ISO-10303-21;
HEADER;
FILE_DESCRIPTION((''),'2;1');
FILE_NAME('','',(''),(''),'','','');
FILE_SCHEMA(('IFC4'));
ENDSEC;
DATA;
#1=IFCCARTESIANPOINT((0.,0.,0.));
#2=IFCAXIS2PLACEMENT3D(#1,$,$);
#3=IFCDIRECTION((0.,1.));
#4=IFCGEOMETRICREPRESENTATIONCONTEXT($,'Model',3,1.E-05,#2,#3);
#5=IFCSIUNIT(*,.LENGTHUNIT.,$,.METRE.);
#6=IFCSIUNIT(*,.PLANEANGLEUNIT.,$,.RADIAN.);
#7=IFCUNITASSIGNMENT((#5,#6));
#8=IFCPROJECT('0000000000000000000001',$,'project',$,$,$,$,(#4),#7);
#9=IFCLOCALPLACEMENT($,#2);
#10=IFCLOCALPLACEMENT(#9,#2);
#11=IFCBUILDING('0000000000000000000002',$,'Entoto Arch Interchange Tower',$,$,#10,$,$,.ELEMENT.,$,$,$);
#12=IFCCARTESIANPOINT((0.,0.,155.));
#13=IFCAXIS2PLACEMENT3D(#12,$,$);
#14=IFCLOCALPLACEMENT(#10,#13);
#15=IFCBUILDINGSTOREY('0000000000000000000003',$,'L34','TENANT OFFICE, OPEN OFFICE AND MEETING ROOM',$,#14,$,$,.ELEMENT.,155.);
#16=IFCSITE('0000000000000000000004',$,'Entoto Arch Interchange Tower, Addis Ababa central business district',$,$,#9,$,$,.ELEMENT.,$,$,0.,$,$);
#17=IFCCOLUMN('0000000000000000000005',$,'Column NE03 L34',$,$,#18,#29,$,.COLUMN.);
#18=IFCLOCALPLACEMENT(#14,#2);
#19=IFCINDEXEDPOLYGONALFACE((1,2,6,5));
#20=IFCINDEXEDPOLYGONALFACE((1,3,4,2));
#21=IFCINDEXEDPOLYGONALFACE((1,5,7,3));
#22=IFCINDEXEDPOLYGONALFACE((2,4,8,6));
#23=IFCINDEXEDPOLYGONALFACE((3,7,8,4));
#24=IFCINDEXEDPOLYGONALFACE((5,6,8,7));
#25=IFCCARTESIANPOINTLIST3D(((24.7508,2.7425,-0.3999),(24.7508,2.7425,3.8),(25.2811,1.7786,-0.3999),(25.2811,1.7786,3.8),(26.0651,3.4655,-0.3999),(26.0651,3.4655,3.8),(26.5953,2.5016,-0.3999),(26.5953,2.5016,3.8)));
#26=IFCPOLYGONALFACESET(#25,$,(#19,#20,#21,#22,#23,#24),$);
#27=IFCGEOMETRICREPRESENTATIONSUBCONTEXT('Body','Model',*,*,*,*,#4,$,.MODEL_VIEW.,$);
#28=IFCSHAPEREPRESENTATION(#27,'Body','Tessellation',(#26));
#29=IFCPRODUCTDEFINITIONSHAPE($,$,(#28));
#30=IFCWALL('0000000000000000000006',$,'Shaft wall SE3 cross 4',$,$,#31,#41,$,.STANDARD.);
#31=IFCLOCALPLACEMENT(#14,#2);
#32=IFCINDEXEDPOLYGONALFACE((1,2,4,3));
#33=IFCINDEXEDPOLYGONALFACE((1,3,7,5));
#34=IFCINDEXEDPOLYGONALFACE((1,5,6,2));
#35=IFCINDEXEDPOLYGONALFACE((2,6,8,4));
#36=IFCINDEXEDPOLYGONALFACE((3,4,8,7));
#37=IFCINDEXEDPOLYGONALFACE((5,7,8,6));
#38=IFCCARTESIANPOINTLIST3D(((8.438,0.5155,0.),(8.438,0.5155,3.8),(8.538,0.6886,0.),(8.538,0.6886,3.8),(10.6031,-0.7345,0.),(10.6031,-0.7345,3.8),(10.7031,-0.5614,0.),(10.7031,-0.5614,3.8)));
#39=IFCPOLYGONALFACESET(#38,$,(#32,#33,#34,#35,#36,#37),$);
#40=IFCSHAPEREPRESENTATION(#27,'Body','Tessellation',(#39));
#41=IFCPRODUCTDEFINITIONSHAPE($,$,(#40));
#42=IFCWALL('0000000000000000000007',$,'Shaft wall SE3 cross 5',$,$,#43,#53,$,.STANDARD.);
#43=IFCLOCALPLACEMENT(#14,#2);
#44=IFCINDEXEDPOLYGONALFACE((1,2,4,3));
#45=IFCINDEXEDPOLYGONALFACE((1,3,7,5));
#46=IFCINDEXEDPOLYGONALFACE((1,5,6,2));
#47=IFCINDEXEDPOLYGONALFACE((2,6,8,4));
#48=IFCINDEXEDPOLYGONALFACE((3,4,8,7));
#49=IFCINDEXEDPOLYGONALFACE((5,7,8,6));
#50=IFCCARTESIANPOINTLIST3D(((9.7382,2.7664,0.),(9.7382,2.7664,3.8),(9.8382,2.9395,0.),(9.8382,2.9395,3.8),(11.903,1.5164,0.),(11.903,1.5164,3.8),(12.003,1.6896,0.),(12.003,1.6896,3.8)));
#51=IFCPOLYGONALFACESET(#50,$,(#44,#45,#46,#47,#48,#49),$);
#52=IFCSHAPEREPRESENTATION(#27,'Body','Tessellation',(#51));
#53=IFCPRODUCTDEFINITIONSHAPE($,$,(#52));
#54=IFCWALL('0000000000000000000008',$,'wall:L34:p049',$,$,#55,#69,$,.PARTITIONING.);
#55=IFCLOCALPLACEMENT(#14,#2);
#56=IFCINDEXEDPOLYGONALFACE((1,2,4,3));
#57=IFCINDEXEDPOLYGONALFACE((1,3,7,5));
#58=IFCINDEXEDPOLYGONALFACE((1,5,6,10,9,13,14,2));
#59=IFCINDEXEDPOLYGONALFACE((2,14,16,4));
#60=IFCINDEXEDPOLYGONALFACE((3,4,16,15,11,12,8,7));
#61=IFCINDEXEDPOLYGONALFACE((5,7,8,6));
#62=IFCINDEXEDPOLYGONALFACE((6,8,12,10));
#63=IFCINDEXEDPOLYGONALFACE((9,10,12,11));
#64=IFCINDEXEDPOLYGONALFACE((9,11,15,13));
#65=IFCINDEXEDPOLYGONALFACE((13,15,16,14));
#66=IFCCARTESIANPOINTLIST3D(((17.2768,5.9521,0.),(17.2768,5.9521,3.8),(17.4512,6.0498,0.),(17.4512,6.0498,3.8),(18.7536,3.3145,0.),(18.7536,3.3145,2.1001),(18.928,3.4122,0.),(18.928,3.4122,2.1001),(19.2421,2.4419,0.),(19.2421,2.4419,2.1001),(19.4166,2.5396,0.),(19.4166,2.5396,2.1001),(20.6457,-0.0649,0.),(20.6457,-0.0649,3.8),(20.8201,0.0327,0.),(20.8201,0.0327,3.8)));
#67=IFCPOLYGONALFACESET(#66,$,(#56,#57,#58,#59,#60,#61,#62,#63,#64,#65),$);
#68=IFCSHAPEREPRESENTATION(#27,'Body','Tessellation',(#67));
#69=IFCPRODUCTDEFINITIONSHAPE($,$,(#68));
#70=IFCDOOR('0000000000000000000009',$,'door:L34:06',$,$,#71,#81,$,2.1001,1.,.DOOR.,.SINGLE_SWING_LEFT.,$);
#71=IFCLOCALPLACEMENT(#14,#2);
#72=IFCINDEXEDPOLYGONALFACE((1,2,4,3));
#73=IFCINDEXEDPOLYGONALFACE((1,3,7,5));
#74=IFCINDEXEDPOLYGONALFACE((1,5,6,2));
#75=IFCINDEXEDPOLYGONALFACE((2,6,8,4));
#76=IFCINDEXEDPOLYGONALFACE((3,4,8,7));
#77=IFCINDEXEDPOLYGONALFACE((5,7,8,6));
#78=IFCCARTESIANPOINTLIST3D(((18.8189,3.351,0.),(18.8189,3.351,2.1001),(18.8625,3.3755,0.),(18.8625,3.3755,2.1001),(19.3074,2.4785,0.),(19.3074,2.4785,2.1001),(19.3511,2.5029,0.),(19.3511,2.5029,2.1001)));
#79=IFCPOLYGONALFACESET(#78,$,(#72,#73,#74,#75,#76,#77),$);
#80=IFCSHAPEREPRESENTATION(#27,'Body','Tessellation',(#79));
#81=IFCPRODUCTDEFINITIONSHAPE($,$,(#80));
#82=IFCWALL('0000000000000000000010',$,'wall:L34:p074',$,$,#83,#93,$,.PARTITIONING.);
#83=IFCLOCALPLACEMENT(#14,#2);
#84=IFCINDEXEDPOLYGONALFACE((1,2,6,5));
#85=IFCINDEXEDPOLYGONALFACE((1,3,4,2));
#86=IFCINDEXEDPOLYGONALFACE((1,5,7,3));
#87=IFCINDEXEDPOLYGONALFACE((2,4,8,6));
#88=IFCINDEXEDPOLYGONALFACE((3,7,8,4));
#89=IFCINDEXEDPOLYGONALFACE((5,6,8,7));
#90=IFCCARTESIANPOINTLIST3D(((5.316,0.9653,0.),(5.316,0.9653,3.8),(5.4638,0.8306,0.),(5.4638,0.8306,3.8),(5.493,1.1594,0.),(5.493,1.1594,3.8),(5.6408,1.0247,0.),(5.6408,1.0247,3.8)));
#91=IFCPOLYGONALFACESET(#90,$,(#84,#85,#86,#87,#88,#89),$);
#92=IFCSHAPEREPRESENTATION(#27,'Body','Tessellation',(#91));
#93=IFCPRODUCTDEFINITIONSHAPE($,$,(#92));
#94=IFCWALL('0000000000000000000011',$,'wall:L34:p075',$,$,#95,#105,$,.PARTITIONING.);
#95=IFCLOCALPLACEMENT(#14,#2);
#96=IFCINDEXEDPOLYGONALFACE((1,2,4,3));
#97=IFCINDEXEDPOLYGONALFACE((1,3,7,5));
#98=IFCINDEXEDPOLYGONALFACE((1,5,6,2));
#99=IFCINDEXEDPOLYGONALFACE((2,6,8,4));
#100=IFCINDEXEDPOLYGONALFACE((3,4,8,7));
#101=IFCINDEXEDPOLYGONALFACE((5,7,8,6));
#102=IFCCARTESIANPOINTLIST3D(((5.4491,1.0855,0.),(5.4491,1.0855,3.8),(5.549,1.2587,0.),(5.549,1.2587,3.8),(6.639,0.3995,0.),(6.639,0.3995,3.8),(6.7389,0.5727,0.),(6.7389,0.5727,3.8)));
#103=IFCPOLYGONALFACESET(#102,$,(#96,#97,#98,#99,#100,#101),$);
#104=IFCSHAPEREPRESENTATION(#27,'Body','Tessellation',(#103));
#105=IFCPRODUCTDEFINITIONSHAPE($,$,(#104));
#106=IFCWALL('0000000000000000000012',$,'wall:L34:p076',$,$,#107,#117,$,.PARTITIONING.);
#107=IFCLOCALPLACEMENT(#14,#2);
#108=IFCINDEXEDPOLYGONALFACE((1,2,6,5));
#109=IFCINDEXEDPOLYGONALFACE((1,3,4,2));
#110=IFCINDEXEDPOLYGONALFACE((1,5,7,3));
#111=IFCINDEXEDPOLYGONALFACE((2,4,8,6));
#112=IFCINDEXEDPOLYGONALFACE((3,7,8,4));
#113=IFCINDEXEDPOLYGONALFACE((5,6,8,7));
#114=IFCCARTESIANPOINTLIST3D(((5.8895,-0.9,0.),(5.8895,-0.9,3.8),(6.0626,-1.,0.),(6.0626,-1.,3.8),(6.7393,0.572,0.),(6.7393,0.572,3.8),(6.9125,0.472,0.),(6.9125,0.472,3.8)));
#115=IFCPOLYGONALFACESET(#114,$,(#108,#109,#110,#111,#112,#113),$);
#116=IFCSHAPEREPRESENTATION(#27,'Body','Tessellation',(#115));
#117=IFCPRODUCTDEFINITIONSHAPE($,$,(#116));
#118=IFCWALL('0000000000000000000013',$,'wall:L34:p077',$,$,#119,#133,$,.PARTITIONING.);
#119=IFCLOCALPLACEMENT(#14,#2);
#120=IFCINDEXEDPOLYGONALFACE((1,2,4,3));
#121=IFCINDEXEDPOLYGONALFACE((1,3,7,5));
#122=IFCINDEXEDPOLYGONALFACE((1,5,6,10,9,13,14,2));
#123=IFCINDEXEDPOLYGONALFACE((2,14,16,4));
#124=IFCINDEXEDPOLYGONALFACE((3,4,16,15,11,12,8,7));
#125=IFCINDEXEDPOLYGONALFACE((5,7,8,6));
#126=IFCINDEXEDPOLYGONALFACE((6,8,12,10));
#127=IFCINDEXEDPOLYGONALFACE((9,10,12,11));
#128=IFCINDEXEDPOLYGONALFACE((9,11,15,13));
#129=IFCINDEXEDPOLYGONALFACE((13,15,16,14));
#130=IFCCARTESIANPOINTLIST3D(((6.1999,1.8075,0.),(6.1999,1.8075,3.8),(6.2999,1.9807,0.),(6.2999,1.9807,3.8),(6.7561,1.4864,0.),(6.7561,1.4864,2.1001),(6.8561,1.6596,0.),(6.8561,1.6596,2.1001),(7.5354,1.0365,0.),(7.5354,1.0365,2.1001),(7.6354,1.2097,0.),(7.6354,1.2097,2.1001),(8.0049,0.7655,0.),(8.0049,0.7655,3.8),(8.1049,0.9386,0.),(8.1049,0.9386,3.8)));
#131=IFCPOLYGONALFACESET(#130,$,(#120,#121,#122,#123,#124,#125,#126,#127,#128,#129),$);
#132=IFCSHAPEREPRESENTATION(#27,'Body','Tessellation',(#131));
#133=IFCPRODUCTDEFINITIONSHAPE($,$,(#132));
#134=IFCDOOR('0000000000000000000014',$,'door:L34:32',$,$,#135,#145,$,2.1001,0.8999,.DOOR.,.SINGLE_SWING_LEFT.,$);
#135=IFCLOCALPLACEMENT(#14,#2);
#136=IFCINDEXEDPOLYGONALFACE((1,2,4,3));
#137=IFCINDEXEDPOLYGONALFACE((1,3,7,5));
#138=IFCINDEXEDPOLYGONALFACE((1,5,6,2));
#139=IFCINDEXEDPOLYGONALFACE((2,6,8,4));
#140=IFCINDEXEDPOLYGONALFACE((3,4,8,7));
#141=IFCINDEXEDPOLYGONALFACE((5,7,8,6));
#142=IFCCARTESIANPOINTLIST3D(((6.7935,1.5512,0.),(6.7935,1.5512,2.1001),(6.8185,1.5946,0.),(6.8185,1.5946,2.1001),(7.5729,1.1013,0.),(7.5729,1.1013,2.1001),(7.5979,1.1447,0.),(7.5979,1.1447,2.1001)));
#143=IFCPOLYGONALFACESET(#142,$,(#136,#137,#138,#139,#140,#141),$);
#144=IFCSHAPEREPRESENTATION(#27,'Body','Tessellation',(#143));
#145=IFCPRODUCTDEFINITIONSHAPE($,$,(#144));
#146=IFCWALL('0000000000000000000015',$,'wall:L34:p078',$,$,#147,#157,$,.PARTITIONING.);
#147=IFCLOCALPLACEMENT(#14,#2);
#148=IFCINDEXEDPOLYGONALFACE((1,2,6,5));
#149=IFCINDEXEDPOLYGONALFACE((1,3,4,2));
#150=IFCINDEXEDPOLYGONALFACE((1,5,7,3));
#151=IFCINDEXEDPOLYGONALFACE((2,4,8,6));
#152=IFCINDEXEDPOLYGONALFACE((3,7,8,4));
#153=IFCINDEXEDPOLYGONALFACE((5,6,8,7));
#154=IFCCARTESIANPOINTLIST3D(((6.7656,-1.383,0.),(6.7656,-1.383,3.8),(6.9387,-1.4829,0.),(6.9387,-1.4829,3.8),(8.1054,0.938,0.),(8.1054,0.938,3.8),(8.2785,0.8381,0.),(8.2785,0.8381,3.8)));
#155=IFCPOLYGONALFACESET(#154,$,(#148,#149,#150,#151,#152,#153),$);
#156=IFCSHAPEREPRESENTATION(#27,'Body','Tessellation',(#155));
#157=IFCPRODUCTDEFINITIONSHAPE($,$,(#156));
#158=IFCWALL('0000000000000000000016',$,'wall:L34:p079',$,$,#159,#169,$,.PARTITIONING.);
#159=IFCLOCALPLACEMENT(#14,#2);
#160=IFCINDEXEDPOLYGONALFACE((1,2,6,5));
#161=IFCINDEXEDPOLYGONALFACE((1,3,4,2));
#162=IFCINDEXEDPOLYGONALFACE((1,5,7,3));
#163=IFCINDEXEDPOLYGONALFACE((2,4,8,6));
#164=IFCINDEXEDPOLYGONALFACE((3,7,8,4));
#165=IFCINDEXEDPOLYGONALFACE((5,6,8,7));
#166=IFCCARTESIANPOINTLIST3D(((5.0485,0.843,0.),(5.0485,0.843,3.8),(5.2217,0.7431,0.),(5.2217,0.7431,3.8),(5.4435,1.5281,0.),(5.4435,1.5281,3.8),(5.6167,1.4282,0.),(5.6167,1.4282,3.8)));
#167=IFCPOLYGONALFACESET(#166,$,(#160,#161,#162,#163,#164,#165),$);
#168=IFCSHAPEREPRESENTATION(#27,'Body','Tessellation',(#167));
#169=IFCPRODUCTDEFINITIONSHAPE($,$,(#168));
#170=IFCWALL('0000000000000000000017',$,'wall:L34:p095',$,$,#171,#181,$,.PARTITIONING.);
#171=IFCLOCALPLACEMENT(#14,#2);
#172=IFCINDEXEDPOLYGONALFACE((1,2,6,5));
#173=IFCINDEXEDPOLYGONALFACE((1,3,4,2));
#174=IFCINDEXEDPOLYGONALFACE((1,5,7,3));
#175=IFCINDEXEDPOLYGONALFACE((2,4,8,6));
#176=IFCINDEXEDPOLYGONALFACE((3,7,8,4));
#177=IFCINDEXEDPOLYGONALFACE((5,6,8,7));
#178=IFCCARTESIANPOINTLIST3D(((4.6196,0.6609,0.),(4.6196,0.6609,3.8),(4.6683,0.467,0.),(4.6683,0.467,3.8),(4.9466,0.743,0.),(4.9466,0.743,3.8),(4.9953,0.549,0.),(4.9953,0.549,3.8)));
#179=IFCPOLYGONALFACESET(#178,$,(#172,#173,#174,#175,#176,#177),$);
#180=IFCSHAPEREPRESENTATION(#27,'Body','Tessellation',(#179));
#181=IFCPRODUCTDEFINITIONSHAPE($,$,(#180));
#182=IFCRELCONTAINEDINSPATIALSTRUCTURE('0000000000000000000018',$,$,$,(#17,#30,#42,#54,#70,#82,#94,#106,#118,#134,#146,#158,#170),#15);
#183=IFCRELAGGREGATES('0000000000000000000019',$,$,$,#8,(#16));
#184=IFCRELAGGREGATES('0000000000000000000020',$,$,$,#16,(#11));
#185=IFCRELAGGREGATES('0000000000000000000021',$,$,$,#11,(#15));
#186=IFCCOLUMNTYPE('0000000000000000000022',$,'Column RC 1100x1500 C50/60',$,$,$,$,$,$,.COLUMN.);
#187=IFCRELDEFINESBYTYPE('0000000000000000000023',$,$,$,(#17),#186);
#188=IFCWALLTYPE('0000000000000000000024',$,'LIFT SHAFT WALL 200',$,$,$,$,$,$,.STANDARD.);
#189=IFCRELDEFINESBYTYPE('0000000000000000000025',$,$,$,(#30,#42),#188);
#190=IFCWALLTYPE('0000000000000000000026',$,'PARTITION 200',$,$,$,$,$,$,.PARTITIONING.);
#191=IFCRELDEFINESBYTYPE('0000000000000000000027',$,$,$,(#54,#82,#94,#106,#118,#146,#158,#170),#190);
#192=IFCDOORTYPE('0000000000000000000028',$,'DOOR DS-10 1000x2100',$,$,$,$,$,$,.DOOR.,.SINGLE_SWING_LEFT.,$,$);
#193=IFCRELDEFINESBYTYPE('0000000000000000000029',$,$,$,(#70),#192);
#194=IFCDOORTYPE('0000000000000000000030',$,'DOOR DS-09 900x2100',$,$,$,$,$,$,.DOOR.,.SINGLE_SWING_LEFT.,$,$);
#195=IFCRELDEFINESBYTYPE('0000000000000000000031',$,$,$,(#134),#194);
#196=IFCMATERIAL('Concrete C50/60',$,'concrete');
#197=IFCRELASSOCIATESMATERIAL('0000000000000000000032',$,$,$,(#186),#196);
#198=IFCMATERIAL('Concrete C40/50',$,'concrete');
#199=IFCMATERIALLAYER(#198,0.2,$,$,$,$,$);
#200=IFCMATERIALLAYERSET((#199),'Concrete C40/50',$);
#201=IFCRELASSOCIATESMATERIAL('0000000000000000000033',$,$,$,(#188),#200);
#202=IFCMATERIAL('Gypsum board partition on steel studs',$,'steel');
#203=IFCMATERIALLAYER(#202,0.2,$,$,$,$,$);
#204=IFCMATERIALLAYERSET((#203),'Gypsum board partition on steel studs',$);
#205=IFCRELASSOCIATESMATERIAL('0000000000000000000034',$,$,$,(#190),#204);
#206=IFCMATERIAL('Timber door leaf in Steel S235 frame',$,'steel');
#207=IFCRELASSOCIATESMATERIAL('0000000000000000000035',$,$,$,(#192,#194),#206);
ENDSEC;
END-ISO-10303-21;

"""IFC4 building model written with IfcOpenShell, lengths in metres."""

from ifc_helpers import new_model, si_unit, direction, frame, frame_2d, origin, origin_2d, place, context, subcontext, project, spatial, rectangle, extrude, material, layer, layer_set, material_profile, profile_set, type_object, element, fill, save


model = new_model("IFC4")

# Units and contexts
model_context = context("Model", 3, precision=1e-05, world=origin(), true_north=direction((0.0, 1.0)))
body_context = subcontext(model_context, "Body", "Model", "MODEL_VIEW")
ifc_project = project(units=[si_unit("LENGTHUNIT", "METRE"), si_unit("PLANEANGLEUNIT", "RADIAN")], contexts=[model_context])

# Site, building, storey
site_placement = place(None, origin())
site = spatial("IfcSite", under=ifc_project, at=site_placement, Name="Entoto Arch Interchange Tower, Addis Ababa central business district", CompositionType="ELEMENT", RefElevation=0.0)
building_placement = place(site_placement, origin())
building = spatial("IfcBuilding", under=site, at=building_placement, Name="Entoto Arch Interchange Tower", CompositionType="ELEMENT")
storey_placement = place(building_placement, frame((0.0, 0.0, 155.0)))
storey = spatial("IfcBuildingStorey", under=building, at=storey_placement, Name="L34", Description="TENANT OFFICE, OPEN OFFICE AND MEETING ROOM", CompositionType="ELEMENT", Elevation=155.0)

# Column
ifc_material_1 = material(Name="Concrete C50/60", Category="concrete")
ifc_material_profile = material_profile(ifc_material_1, rectangle(XDim=1.1001, YDim=1.5, at=origin_2d()))
ifc_profile_set = profile_set([ifc_material_profile], Name="Concrete C50/60")
column_type = type_object("IfcColumnType", Name="Column RC 1100x1500 C50/60", PredefinedType="COLUMN", material=ifc_profile_set)
column_placement = place(storey_placement, frame((25.6731, 2.6221, -0.3999), z_axis=(0.0, 0.0, 1.0), x_axis=(-0.481983, 0.876181, 0.0)))
element("IfcColumn", 1, at=column_placement, inside=storey, type_object=column_type, Name="Column NE03 L34", PredefinedType="COLUMN", context=body_context, shape_type="SweptSolid", body=[
    extrude(rectangle(XDim=1.1001, YDim=1.5, at=origin_2d()), origin(), (0.0, 0.0, 1.0), 4.2),
])

# Walls
ifc_material_2 = material(Name="Concrete C40/50", Category="concrete")
ifc_layer_1 = layer(ifc_material_2, 0.2)
ifc_layer_set_1 = layer_set([ifc_layer_1], Name="Concrete C40/50")
wall_type_1 = type_object("IfcWallType", Name="LIFT SHAFT WALL 200", PredefinedType="STANDARD", material=ifc_layer_set_1)
wall_1_placement = place(storey_placement, frame((8.488, 0.6021, 0.0), z_axis=(0.0, 0.0, 1.0), x_axis=(0.866023, -0.500004, 0.0)))
element("IfcWall", 2, at=wall_1_placement, inside=storey, type_object=wall_type_1, Name="Shaft wall SE3 cross 4", PredefinedType="STANDARD", context=body_context, shape_type="SweptSolid", body=[
    extrude(rectangle(XDim=2.5, YDim=0.2, at=frame_2d((1.25, 0.0))), origin(), (0.0, 0.0, 1.0), 3.8),
])
wall_2_placement = place(storey_placement, frame((9.7881, 2.853, 0.0), z_axis=(0.0, 0.0, 1.0), x_axis=(0.865999, -0.500047, 0.0)))
element("IfcWall", 3, at=wall_2_placement, inside=storey, type_object=wall_type_1, Name="Shaft wall SE3 cross 5", PredefinedType="STANDARD", context=body_context, shape_type="SweptSolid", body=[
    extrude(rectangle(XDim=2.4998, YDim=0.2, at=frame_2d((1.25, 0.0))), origin(), (0.0, 0.0, 1.0), 3.8),
])

# Wall, opening, door
ifc_material_3 = material(Name="Gypsum board partition on steel studs", Category="steel")
ifc_layer_2 = layer(ifc_material_3, 0.2)
ifc_layer_set_2 = layer_set([ifc_layer_2], Name="Gypsum board partition on steel studs")
wall_type_2 = type_object("IfcWallType", Name="PARTITION 200", PredefinedType="PARTITIONING", material=ifc_layer_set_2)
wall_3_placement = place(storey_placement, frame((17.364, 6.001, 0.0), z_axis=(0.0, 0.0, 1.0), x_axis=(0.488529, -0.872548, 0.0)))
wall_3 = element("IfcWall", 4, at=wall_3_placement, inside=storey, type_object=wall_type_2, Name="wall:L34:p049", PredefinedType="PARTITIONING", context=body_context, shape_type="SweptSolid", body=[
    extrude(rectangle(XDim=6.896, YDim=0.2, at=frame_2d((3.448, 0.0))), origin(), (0.0, 0.0, 1.0), 3.8),
])
opening_1_placement = place(wall_3_placement, frame((3.0229, 0.0, 0.0)))
opening_1 = element("IfcOpeningElement", 5, at=opening_1_placement, cuts=wall_3, PredefinedType="OPENING", context=body_context, shape_type="SweptSolid", body=[
    extrude(rectangle(XDim=1.0, YDim=2.1001, at=frame_2d((0.5, 1.05))), frame((0.0, 0.1099, 0.0), z_axis=(0.0, -1.0, 0.0), x_axis=(1.0, 0.0, 0.0)), (0.0, 0.0, 1.0), 0.22),
])
ifc_material_4 = material(Name="Timber door leaf in Steel S235 frame", Category="steel")
door_type_1 = type_object("IfcDoorType", Name="DOOR DS-10 1000x2100", OperationType="SINGLE_SWING_LEFT", PredefinedType="DOOR", material=ifc_material_4)
door_1_placement = place(opening_1_placement, origin())
door_1 = element("IfcDoor", 6, at=door_1_placement, inside=storey, type_object=door_type_1, Name="door:L34:06", OperationType="SINGLE_SWING_LEFT", OverallHeight=2.1001, OverallWidth=1.0, PredefinedType="DOOR", context=body_context, shape_type="SweptSolid", body=[
    extrude(rectangle(XDim=1.0, YDim=2.1001, at=frame_2d((0.5, 1.05))), frame((0.0, 0.0249, 0.0), z_axis=(0.0, -1.0, 0.0), x_axis=(1.0, 0.0, 0.0)), (0.0, 0.0, 1.0), 0.05),
])
fill(opening_1, door_1)

# Walls
wall_4_placement = place(storey_placement, frame((5.3899, 0.8979, 0.0), z_axis=(0.0, 0.0, 1.0), x_axis=(0.673828, 0.738888, 0.0)))
element("IfcWall", 7, at=wall_4_placement, inside=storey, type_object=wall_type_2, Name="wall:L34:p074", PredefinedType="PARTITIONING", context=body_context, shape_type="SweptSolid", body=[
    extrude(rectangle(XDim=0.2627, YDim=0.2, at=frame_2d((0.1313, 0.0))), origin(), (0.0, 0.0, 1.0), 3.8),
])
wall_5_placement = place(storey_placement, frame((5.499, 1.1721, 0.0), z_axis=(0.0, 0.0, 1.0), x_axis=(0.866334, -0.499466, 0.0)))
element("IfcWall", 8, at=wall_5_placement, inside=storey, type_object=wall_type_2, Name="wall:L34:p075", PredefinedType="PARTITIONING", context=body_context, shape_type="SweptSolid", body=[
    extrude(rectangle(XDim=1.3735, YDim=0.2, at=frame_2d((0.6868, 0.0))), origin(), (0.0, 0.0, 1.0), 3.8),
])
wall_6_placement = place(storey_placement, frame((6.8259, 0.522, 0.0), z_axis=(0.0, 0.0, 1.0), x_axis=(-0.500017, -0.866016, 0.0)))
element("IfcWall", 9, at=wall_6_placement, inside=storey, type_object=wall_type_2, Name="wall:L34:p076", PredefinedType="PARTITIONING", context=body_context, shape_type="SweptSolid", body=[
    extrude(rectangle(XDim=1.6997, YDim=0.2, at=frame_2d((0.8499, 0.0))), origin(), (0.0, 0.0, 1.0), 3.8),
])

# Wall, opening, door
wall_7_placement = place(storey_placement, frame((6.25, 1.894, 0.0), z_axis=(0.0, 0.0, 1.0), x_axis=(0.866043, -0.499969, 0.0)))
wall_7 = element("IfcWall", 10, at=wall_7_placement, inside=storey, type_object=wall_type_2, Name="wall:L34:p077", PredefinedType="PARTITIONING", context=body_context, shape_type="SweptSolid", body=[
    extrude(rectangle(XDim=2.0842, YDim=0.2, at=frame_2d((1.042, 0.0))), origin(), (0.0, 0.0, 1.0), 3.8),
])
opening_2_placement = place(wall_7_placement, frame((0.6421, 0.0, 0.0)))
opening_2 = element("IfcOpeningElement", 11, at=opening_2_placement, cuts=wall_7, PredefinedType="OPENING", context=body_context, shape_type="SweptSolid", body=[
    extrude(rectangle(XDim=0.8999, YDim=2.1001, at=frame_2d((0.45, 1.05))), frame((0.0, 0.1099, 0.0), z_axis=(0.0, -1.0, 0.0), x_axis=(1.0, 0.0, 0.0)), (0.0, 0.0, 1.0), 0.22),
])
door_type_2 = type_object("IfcDoorType", Name="DOOR DS-09 900x2100", OperationType="SINGLE_SWING_LEFT", PredefinedType="DOOR", material=ifc_material_4)
door_2_placement = place(opening_2_placement, origin())
door_2 = element("IfcDoor", 12, at=door_2_placement, inside=storey, type_object=door_type_2, Name="door:L34:32", OperationType="SINGLE_SWING_LEFT", OverallHeight=2.1001, OverallWidth=0.8999, PredefinedType="DOOR", context=body_context, shape_type="SweptSolid", body=[
    extrude(rectangle(XDim=0.8999, YDim=2.1001, at=frame_2d((0.45, 1.05))), frame((0.0, 0.0249, 0.0), z_axis=(0.0, -1.0, 0.0), x_axis=(1.0, 0.0, 0.0)), (0.0, 0.0, 1.0), 0.05),
])
fill(opening_2, door_2)

# Walls
wall_8_placement = place(storey_placement, frame((8.1919, 0.8879, 0.0), z_axis=(0.0, 0.0, 1.0), x_axis=(-0.499941, -0.86606, 0.0)))
element("IfcWall", 13, at=wall_8_placement, inside=storey, type_object=wall_type_2, Name="wall:L34:p078", PredefinedType="PARTITIONING", context=body_context, shape_type="SweptSolid", body=[
    extrude(rectangle(XDim=2.6799, YDim=0.2, at=frame_2d((1.3398, 0.0))), origin(), (0.0, 0.0, 1.0), 3.8),
])
wall_9_placement = place(storey_placement, frame((5.135, 0.793, 0.0), z_axis=(0.0, 0.0, 1.0), x_axis=(0.499526, 0.866299, 0.0)))
element("IfcWall", 14, at=wall_9_placement, inside=storey, type_object=wall_type_2, Name="wall:L34:p079", PredefinedType="PARTITIONING", context=body_context, shape_type="SweptSolid", body=[
    extrude(rectangle(XDim=0.7908, YDim=0.2, at=frame_2d((0.3955, 0.0))), origin(), (0.0, 0.0, 1.0), 3.8),
])
wall_10_placement = place(storey_placement, frame((4.644, 0.564, 0.0), z_axis=(0.0, 0.0, 1.0), x_axis=(0.969929, 0.243388, 0.0)))
element("IfcWall", 15, at=wall_10_placement, inside=storey, type_object=wall_type_2, Name="wall:L34:p095", PredefinedType="PARTITIONING", context=body_context, shape_type="SweptSolid", body=[
    extrude(rectangle(XDim=0.3372, YDim=0.2, at=frame_2d((0.1685, 0.0))), origin(), (0.0, 0.0, 1.0), 3.8),
])

save(model, "model.ifc")
